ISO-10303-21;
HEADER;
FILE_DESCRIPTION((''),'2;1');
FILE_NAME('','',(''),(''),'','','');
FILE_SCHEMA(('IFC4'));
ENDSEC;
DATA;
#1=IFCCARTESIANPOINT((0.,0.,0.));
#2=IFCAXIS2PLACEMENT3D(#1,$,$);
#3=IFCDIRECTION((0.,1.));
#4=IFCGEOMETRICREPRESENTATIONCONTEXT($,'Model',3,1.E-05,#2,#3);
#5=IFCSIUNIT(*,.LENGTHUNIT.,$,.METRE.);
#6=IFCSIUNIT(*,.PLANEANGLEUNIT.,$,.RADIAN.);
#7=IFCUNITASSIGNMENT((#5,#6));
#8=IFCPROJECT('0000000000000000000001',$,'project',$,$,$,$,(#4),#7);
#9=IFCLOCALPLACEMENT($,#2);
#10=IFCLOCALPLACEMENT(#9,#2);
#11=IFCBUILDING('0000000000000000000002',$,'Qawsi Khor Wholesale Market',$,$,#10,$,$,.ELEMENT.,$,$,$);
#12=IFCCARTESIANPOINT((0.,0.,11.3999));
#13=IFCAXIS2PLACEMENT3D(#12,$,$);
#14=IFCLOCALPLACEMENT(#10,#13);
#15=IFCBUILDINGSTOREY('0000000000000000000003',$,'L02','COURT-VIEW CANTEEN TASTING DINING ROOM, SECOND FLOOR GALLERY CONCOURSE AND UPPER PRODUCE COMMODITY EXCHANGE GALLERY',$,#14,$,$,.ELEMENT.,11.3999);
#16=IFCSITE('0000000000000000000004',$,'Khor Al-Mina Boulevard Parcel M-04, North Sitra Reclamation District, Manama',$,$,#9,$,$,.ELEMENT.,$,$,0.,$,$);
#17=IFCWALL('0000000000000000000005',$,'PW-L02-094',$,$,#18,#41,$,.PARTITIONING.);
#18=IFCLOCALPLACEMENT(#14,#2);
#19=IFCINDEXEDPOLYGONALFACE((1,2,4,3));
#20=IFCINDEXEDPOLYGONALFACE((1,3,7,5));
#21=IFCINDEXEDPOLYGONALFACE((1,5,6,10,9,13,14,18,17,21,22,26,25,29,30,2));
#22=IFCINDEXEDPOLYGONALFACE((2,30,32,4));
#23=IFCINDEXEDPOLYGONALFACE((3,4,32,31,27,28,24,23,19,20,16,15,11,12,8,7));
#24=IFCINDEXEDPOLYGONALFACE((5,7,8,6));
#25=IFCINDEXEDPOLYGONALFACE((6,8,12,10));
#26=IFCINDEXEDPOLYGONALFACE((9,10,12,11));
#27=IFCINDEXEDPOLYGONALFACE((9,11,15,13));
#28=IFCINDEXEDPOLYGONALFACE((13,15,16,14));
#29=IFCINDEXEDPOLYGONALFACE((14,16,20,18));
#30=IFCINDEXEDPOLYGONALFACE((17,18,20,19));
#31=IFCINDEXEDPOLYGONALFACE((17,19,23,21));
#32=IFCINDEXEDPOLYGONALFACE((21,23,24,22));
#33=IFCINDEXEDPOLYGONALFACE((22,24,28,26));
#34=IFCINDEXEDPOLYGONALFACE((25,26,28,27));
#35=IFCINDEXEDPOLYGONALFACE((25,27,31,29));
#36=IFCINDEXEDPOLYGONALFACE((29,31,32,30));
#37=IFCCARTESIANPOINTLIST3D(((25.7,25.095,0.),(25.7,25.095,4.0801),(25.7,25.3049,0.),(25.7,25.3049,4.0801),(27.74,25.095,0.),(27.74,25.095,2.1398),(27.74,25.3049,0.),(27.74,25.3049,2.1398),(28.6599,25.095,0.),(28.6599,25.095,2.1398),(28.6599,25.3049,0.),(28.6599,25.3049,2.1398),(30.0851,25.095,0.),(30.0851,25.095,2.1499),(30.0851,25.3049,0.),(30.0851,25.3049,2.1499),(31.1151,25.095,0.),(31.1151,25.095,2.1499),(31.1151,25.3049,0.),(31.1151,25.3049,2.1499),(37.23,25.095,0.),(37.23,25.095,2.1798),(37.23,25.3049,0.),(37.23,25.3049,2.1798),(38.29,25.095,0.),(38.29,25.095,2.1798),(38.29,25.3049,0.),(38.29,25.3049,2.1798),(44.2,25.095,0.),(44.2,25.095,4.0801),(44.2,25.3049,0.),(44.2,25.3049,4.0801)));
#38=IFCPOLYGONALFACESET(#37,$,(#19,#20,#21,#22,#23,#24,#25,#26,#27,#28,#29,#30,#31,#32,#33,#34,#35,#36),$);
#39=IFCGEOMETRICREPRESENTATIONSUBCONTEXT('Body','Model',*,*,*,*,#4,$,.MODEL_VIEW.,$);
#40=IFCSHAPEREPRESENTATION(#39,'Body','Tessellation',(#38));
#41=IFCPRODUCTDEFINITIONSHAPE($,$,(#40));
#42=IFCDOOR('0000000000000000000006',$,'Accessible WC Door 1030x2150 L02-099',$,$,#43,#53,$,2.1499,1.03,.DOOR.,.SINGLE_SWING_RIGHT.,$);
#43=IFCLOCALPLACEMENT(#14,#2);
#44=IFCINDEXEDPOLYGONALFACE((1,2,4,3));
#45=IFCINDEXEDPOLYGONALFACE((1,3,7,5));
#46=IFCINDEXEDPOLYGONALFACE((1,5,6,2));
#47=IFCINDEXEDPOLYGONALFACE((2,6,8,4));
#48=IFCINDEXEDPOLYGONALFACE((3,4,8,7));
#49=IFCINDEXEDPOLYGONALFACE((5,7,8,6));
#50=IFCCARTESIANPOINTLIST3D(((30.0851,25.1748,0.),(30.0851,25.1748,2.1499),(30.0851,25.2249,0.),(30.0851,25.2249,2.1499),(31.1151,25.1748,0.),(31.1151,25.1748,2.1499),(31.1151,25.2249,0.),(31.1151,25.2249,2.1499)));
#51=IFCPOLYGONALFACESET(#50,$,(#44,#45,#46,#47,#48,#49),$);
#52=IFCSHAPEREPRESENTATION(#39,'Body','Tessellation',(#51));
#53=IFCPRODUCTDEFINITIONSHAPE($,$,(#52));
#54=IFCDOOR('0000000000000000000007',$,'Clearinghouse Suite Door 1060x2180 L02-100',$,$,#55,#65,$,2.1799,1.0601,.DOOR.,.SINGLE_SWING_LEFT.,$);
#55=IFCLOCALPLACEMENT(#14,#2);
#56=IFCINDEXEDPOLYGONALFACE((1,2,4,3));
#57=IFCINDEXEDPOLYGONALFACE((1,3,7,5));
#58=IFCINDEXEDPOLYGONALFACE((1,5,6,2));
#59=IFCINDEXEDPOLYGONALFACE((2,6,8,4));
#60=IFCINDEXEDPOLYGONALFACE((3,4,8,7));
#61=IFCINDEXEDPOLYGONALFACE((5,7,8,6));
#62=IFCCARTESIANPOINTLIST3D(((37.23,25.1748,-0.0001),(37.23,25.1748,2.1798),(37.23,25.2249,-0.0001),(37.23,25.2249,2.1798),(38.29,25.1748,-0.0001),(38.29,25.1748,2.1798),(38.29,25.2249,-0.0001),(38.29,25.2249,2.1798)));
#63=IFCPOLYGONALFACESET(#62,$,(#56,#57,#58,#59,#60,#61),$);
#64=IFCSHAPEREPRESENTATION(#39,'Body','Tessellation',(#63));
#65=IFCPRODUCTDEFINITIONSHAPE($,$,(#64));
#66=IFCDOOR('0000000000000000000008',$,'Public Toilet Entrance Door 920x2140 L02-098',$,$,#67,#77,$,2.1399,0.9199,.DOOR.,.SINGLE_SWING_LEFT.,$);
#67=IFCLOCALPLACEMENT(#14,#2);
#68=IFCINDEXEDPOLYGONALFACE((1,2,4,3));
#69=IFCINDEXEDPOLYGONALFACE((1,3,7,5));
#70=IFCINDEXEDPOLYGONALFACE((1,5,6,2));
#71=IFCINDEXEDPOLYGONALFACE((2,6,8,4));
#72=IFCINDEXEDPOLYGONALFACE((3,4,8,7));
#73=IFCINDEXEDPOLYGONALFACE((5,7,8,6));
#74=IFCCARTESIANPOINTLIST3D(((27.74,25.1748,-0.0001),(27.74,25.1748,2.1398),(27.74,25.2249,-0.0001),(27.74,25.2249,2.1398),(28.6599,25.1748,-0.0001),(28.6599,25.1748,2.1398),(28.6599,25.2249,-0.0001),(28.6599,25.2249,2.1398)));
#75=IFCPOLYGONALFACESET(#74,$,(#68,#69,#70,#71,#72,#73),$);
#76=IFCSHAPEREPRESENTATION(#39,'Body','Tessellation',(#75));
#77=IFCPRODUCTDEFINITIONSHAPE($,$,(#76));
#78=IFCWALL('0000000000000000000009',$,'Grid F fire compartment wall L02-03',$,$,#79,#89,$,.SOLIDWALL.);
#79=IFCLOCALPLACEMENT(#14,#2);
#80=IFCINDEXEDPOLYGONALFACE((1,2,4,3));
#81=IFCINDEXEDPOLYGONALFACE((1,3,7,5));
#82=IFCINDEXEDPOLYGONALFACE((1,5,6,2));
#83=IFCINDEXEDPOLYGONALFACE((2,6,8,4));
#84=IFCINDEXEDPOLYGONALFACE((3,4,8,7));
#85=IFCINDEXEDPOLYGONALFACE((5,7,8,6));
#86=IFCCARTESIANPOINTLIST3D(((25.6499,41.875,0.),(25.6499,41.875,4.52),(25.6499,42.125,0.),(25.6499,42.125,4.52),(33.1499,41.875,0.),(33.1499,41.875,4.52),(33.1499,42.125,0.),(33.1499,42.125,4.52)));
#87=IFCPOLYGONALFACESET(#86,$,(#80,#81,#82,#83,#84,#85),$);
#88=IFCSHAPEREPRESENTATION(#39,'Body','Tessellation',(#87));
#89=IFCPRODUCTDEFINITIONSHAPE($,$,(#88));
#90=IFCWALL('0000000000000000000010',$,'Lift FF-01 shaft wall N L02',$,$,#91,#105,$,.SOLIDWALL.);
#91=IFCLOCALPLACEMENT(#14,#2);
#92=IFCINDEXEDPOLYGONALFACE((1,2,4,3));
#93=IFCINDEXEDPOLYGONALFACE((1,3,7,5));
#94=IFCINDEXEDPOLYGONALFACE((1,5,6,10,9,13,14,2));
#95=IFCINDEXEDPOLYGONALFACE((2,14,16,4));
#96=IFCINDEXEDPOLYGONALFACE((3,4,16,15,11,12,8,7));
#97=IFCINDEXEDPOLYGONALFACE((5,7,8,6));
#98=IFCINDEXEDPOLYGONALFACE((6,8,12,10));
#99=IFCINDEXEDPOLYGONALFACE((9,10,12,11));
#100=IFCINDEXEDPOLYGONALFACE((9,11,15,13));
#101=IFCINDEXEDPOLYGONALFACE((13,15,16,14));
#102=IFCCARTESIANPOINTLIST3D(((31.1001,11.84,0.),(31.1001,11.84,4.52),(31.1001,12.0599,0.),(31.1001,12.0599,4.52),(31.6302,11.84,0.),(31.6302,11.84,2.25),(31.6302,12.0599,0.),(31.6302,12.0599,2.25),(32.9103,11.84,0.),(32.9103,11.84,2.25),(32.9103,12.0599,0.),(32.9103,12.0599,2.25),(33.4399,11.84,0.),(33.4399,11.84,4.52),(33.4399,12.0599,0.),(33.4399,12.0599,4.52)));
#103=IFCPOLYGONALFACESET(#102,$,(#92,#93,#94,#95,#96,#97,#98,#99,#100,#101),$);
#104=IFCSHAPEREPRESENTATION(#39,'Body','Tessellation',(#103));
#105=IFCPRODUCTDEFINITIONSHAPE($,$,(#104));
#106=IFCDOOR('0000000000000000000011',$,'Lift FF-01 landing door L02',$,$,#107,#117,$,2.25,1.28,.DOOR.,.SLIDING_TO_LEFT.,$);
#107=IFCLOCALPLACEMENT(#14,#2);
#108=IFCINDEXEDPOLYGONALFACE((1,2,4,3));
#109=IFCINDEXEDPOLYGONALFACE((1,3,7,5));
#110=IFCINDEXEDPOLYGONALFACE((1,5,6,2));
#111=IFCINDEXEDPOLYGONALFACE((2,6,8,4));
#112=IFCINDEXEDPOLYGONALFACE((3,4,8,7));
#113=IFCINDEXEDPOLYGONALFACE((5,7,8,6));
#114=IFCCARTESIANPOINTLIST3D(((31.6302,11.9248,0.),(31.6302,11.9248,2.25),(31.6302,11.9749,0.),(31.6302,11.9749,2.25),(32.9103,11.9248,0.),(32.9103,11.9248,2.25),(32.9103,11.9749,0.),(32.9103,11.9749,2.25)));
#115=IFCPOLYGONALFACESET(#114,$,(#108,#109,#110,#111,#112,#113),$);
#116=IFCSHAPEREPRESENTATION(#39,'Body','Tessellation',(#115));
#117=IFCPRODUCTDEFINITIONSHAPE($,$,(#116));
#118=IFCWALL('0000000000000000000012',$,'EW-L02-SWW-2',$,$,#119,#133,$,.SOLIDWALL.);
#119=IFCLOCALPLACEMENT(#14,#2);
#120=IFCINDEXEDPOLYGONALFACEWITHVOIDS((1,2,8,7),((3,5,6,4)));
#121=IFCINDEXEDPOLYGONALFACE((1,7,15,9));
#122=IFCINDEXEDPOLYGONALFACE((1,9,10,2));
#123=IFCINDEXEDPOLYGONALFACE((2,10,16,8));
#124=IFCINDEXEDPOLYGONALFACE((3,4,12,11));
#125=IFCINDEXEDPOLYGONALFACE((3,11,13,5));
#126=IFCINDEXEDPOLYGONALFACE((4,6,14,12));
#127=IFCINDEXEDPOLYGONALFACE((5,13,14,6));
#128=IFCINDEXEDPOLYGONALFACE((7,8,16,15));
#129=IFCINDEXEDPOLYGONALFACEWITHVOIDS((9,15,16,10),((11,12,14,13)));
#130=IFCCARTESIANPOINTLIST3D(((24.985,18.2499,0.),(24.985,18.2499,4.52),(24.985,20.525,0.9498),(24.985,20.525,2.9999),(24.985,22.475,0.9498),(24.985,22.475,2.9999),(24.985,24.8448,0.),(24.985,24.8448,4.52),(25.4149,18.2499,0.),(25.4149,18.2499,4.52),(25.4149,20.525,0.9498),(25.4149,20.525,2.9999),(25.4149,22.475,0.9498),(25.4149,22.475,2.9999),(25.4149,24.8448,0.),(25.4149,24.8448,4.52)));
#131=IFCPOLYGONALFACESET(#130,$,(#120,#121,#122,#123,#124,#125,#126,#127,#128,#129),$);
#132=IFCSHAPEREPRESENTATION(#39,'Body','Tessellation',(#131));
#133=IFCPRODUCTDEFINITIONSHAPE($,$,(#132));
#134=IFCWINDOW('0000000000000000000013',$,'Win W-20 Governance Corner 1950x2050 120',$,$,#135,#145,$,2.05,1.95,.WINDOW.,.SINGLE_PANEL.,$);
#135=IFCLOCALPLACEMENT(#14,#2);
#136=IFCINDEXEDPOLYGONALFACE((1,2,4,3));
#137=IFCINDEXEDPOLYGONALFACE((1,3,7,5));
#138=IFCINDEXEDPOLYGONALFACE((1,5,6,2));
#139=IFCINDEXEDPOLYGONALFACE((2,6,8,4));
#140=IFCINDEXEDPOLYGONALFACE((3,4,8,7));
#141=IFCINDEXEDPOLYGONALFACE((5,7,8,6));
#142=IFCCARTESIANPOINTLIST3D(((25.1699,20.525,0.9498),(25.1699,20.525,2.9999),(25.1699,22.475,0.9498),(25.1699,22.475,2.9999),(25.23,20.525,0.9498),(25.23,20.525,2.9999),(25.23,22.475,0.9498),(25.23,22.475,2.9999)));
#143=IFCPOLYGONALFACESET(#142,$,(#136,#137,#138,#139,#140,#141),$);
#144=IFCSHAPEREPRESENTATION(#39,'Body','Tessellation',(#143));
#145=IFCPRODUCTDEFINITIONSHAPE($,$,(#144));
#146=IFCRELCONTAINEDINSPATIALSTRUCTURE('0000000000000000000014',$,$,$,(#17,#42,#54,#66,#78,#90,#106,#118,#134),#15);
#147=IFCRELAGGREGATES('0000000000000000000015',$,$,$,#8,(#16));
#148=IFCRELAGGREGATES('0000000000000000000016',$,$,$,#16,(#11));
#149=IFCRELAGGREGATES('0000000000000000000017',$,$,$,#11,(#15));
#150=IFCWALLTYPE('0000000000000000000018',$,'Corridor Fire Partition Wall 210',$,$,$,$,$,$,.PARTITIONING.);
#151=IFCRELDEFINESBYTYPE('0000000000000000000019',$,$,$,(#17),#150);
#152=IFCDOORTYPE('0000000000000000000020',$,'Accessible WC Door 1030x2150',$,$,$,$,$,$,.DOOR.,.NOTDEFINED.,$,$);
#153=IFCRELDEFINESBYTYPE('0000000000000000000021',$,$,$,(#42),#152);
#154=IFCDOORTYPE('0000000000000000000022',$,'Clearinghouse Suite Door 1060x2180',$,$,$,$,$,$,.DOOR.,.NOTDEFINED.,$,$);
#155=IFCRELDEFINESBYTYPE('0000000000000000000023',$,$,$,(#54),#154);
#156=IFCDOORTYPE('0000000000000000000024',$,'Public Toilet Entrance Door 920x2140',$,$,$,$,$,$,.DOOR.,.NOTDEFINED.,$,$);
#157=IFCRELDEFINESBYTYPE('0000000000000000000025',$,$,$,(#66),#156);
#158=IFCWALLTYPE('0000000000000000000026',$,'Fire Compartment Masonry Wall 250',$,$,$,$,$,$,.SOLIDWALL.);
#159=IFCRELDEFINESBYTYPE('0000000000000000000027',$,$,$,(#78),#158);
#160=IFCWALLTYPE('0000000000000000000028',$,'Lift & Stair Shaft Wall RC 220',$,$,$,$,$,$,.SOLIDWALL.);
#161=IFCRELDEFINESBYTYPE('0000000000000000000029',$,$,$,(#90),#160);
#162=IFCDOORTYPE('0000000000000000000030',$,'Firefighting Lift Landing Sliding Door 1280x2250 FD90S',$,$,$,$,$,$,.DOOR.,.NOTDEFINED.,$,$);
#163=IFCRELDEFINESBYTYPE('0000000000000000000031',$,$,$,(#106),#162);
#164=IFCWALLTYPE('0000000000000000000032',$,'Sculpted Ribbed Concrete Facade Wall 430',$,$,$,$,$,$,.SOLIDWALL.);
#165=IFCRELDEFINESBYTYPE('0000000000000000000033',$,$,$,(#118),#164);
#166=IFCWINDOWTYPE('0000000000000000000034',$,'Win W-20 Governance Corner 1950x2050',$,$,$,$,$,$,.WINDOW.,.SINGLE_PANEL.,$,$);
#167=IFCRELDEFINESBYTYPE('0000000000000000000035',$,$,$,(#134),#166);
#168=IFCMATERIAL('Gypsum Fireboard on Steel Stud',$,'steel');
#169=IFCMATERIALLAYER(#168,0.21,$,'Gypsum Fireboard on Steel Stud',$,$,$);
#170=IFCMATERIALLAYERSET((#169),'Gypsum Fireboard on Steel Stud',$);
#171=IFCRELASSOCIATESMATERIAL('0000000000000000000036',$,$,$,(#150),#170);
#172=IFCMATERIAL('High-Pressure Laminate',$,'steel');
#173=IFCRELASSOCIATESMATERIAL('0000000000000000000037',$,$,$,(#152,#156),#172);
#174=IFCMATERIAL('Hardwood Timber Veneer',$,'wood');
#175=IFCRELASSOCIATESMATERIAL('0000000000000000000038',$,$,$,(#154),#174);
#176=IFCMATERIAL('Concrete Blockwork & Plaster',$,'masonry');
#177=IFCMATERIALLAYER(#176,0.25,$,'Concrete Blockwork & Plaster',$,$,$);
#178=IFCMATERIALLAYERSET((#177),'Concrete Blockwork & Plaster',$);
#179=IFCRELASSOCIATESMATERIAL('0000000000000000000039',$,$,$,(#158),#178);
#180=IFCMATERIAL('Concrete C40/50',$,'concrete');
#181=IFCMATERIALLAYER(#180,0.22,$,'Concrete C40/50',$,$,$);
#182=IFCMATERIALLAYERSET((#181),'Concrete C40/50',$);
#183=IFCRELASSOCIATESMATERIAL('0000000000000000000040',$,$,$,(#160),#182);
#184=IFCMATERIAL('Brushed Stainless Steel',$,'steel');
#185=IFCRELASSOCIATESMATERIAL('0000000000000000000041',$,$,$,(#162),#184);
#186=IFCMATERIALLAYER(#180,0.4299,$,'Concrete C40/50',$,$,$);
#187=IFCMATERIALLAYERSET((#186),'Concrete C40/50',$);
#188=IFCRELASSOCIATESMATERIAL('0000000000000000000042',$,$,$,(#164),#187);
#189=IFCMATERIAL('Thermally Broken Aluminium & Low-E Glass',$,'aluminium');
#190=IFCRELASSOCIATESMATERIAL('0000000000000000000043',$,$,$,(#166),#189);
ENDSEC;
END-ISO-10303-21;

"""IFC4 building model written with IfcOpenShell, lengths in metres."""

from ifc_helpers import new_model, si_unit, direction, frame, frame_2d, origin, place, context, subcontext, project, spatial, rectangle, extrude, material, layer, layer_set, type_object, element, fill, save


model = new_model("IFC4")

# Units and contexts
model_context = context("Model", 3, precision=1e-05, world=origin(), true_north=direction((0.0, 1.0)))
body_context = subcontext(model_context, "Body", "Model", "MODEL_VIEW")
ifc_project = project(units=[si_unit("LENGTHUNIT", "METRE"), si_unit("PLANEANGLEUNIT", "RADIAN")], contexts=[model_context])

# Site, building, storey
site_placement = place(None, origin())
site = spatial("IfcSite", under=ifc_project, at=site_placement, Name="Khor Al-Mina Boulevard Parcel M-04, North Sitra Reclamation District, Manama", CompositionType="ELEMENT", RefElevation=0.0)
building_placement = place(site_placement, origin())
building = spatial("IfcBuilding", under=site, at=building_placement, Name="Qawsi Khor Wholesale Market", CompositionType="ELEMENT")
storey_placement = place(building_placement, frame((0.0, 0.0, 11.3999)))
storey = spatial("IfcBuildingStorey", under=building, at=storey_placement, Name="L02", Description="COURT-VIEW CANTEEN TASTING DINING ROOM, SECOND FLOOR GALLERY CONCOURSE AND UPPER PRODUCE COMMODITY EXCHANGE GALLERY", CompositionType="ELEMENT", Elevation=11.3999)

# Shared definitions
ifc_material_1 = material(Name="Concrete C40/50", Category="concrete")

# Wall, openings, doors
ifc_material_2 = material(Name="Gypsum Fireboard on Steel Stud", Category="steel")
ifc_layer_1 = layer(ifc_material_2, 0.21, Name="Gypsum Fireboard on Steel Stud")
ifc_layer_set_1 = layer_set([ifc_layer_1], Name="Gypsum Fireboard on Steel Stud")
wall_type_1 = type_object("IfcWallType", Name="Corridor Fire Partition Wall 210", PredefinedType="PARTITIONING", material=ifc_layer_set_1)
wall_1_placement = place(storey_placement, frame((25.7, 25.2, 0.0), z_axis=(0.0, 0.0, 1.0), x_axis=(1.0, 0.0, 0.0)))
wall_1 = element("IfcWall", 1, at=wall_1_placement, inside=storey, type_object=wall_type_1, Name="PW-L02-094", PredefinedType="PARTITIONING", context=body_context, shape_type="SweptSolid", body=[
    extrude(rectangle(XDim=18.5, YDim=0.21, at=frame_2d((9.25, 0.0))), origin(), (0.0, 0.0, 1.0), 4.0801),
])
opening_1_placement = place(wall_1_placement, frame((2.04, 0.0, 0.0)))
opening_1 = element("IfcOpeningElement", 2, at=opening_1_placement, cuts=wall_1, PredefinedType="OPENING", context=body_context, shape_type="SweptSolid", body=[
    extrude(rectangle(XDim=0.9199, YDim=2.1399, at=frame_2d((0.46, 1.0698))), frame((0.0, 0.115, 0.0), z_axis=(0.0, -1.0, 0.0), x_axis=(1.0, 0.0, 0.0)), (0.0, 0.0, 1.0), 0.23),
])
opening_2_placement = place(wall_1_placement, frame((4.385, 0.0, 0.0)))
opening_2 = element("IfcOpeningElement", 3, at=opening_2_placement, cuts=wall_1, PredefinedType="OPENING", context=body_context, shape_type="SweptSolid", body=[
    extrude(rectangle(XDim=1.03, YDim=2.1499, at=frame_2d((0.5151, 1.075))), frame((0.0, 0.115, 0.0), z_axis=(0.0, -1.0, 0.0), x_axis=(1.0, 0.0, 0.0)), (0.0, 0.0, 1.0), 0.23),
])
opening_3_placement = place(wall_1_placement, frame((11.53, 0.0, 0.0)))
opening_3 = element("IfcOpeningElement", 4, at=opening_3_placement, cuts=wall_1, PredefinedType="OPENING", context=body_context, shape_type="SweptSolid", body=[
    extrude(rectangle(XDim=1.0601, YDim=2.1799, at=frame_2d((0.53, 1.0898))), frame((0.0, 0.115, 0.0), z_axis=(0.0, -1.0, 0.0), x_axis=(1.0, 0.0, 0.0)), (0.0, 0.0, 1.0), 0.23),
])
ifc_material_3 = material(Name="High-Pressure Laminate", Category="steel")
door_type_1 = type_object("IfcDoorType", Name="Accessible WC Door 1030x2150", OperationType="NOTDEFINED", PredefinedType="DOOR", material=ifc_material_3)
door_1_placement = place(opening_2_placement, origin())
door_1 = element("IfcDoor", 5, at=door_1_placement, inside=storey, type_object=door_type_1, Name="Accessible WC Door 1030x2150 L02-099", OperationType="SINGLE_SWING_RIGHT", OverallHeight=2.1499, OverallWidth=1.03, PredefinedType="DOOR", context=body_context, shape_type="SweptSolid", body=[
    extrude(rectangle(XDim=1.03, YDim=2.1499, at=frame_2d((0.5151, 1.075))), frame((0.0, 0.0249, 0.0), z_axis=(0.0, -1.0, 0.0), x_axis=(1.0, 0.0, 0.0)), (0.0, 0.0, 1.0), 0.05),
])
fill(opening_2, door_1)
ifc_material_4 = material(Name="Hardwood Timber Veneer", Category="wood")
door_type_2 = type_object("IfcDoorType", Name="Clearinghouse Suite Door 1060x2180", OperationType="NOTDEFINED", PredefinedType="DOOR", material=ifc_material_4)
door_2_placement = place(opening_3_placement, origin())
door_2 = element("IfcDoor", 6, at=door_2_placement, inside=storey, type_object=door_type_2, Name="Clearinghouse Suite Door 1060x2180 L02-100", OperationType="SINGLE_SWING_LEFT", OverallHeight=2.1799, OverallWidth=1.0601, PredefinedType="DOOR", context=body_context, shape_type="SweptSolid", body=[
    extrude(rectangle(XDim=1.0601, YDim=2.1799, at=frame_2d((0.53, 1.0898))), frame((0.0, 0.0249, 0.0), z_axis=(0.0, -1.0, 0.0), x_axis=(1.0, 0.0, 0.0)), (0.0, 0.0, 1.0), 0.05),
])
fill(opening_3, door_2)
door_type_3 = type_object("IfcDoorType", Name="Public Toilet Entrance Door 920x2140", OperationType="NOTDEFINED", PredefinedType="DOOR", material=ifc_material_3)
door_3_placement = place(opening_1_placement, origin())
door_3 = element("IfcDoor", 7, at=door_3_placement, inside=storey, type_object=door_type_3, Name="Public Toilet Entrance Door 920x2140 L02-098", OperationType="SINGLE_SWING_LEFT", OverallHeight=2.1399, OverallWidth=0.9199, PredefinedType="DOOR", context=body_context, shape_type="SweptSolid", body=[
    extrude(rectangle(XDim=0.9199, YDim=2.1399, at=frame_2d((0.46, 1.0698))), frame((0.0, 0.0249, 0.0), z_axis=(0.0, -1.0, 0.0), x_axis=(1.0, 0.0, 0.0)), (0.0, 0.0, 1.0), 0.05),
])
fill(opening_1, door_3)

# Wall
ifc_material_5 = material(Name="Concrete Blockwork & Plaster", Category="masonry")
ifc_layer_2 = layer(ifc_material_5, 0.25, Name="Concrete Blockwork & Plaster")
ifc_layer_set_2 = layer_set([ifc_layer_2], Name="Concrete Blockwork & Plaster")
wall_type_2 = type_object("IfcWallType", Name="Fire Compartment Masonry Wall 250", PredefinedType="SOLIDWALL", material=ifc_layer_set_2)
wall_2_placement = place(storey_placement, frame((25.6499, 42.0, 0.0), z_axis=(0.0, 0.0, 1.0), x_axis=(1.0, 0.0, 0.0)))
element("IfcWall", 8, at=wall_2_placement, inside=storey, type_object=wall_type_2, Name="Grid F fire compartment wall L02-03", PredefinedType="SOLIDWALL", context=body_context, shape_type="SweptSolid", body=[
    extrude(rectangle(XDim=7.5, YDim=0.25, at=frame_2d((3.75, 0.0))), origin(), (0.0, 0.0, 1.0), 4.52),
])

# Wall, opening, door
ifc_layer_3 = layer(ifc_material_1, 0.22, Name="Concrete C40/50")
ifc_layer_set_3 = layer_set([ifc_layer_3], Name="Concrete C40/50")
wall_type_3 = type_object("IfcWallType", Name="Lift & Stair Shaft Wall RC 220", PredefinedType="SOLIDWALL", material=ifc_layer_set_3)
wall_3_placement = place(storey_placement, frame((31.1001, 11.95, 0.0), z_axis=(0.0, 0.0, 1.0), x_axis=(1.0, 0.0, 0.0)))
wall_3 = element("IfcWall", 9, at=wall_3_placement, inside=storey, type_object=wall_type_3, Name="Lift FF-01 shaft wall N L02", PredefinedType="SOLIDWALL", context=body_context, shape_type="SweptSolid", body=[
    extrude(rectangle(XDim=2.3398, YDim=0.22, at=frame_2d((1.1699, 0.0))), origin(), (0.0, 0.0, 1.0), 4.52),
])
opening_4_placement = place(wall_3_placement, frame((0.53, 0.0, 0.0)))
opening_4 = element("IfcOpeningElement", 10, at=opening_4_placement, cuts=wall_3, PredefinedType="OPENING", context=body_context, shape_type="SweptSolid", body=[
    extrude(rectangle(XDim=1.28, YDim=2.25, at=frame_2d((0.6401, 1.125))), frame((0.0, 0.1199, 0.0), z_axis=(0.0, -1.0, 0.0), x_axis=(1.0, 0.0, 0.0)), (0.0, 0.0, 1.0), 0.24),
])
ifc_material_6 = material(Name="Brushed Stainless Steel", Category="steel")
door_type_4 = type_object("IfcDoorType", Name="Firefighting Lift Landing Sliding Door 1280x2250 FD90S", OperationType="NOTDEFINED", PredefinedType="DOOR", material=ifc_material_6)
door_4_placement = place(opening_4_placement, origin())
door_4 = element("IfcDoor", 11, at=door_4_placement, inside=storey, type_object=door_type_4, Name="Lift FF-01 landing door L02", OperationType="SLIDING_TO_LEFT", OverallHeight=2.25, OverallWidth=1.28, PredefinedType="DOOR", context=body_context, shape_type="SweptSolid", body=[
    extrude(rectangle(XDim=1.28, YDim=2.25, at=frame_2d((0.6401, 1.125))), frame((0.0, 0.0249, 0.0), z_axis=(0.0, -1.0, 0.0), x_axis=(1.0, 0.0, 0.0)), (0.0, 0.0, 1.0), 0.05),
])
fill(opening_4, door_4)

# Wall, opening, window
ifc_layer_4 = layer(ifc_material_1, 0.4299, Name="Concrete C40/50")
ifc_layer_set_4 = layer_set([ifc_layer_4], Name="Concrete C40/50")
wall_type_4 = type_object("IfcWallType", Name="Sculpted Ribbed Concrete Facade Wall 430", PredefinedType="SOLIDWALL", material=ifc_layer_set_4)
wall_4_placement = place(storey_placement, frame((25.2, 18.25, 0.0), z_axis=(0.0, 0.0, 1.0), x_axis=(0.0, 1.0, 0.0)))
wall_4 = element("IfcWall", 12, at=wall_4_placement, inside=storey, type_object=wall_type_4, Name="EW-L02-SWW-2", PredefinedType="SOLIDWALL", context=body_context, shape_type="SweptSolid", body=[
    extrude(rectangle(XDim=6.595, YDim=0.4299, at=frame_2d((3.2974, 0.0))), origin(), (0.0, 0.0, 1.0), 4.52),
])
opening_5_placement = place(wall_4_placement, frame((2.2749, 0.0, 0.95)))
opening_5 = element("IfcOpeningElement", 13, at=opening_5_placement, cuts=wall_4, PredefinedType="OPENING", context=body_context, shape_type="SweptSolid", body=[
    extrude(rectangle(XDim=1.95, YDim=2.05, at=frame_2d((0.9751, 1.0249))), frame((0.0, 0.2249, 0.0), z_axis=(0.0, -1.0, 0.0), x_axis=(1.0, 0.0, 0.0)), (0.0, 0.0, 1.0), 0.45),
])
ifc_material_7 = material(Name="Thermally Broken Aluminium & Low-E Glass", Category="aluminium")
window_type = type_object("IfcWindowType", Name="Win W-20 Governance Corner 1950x2050", PartitioningType="SINGLE_PANEL", PredefinedType="WINDOW", material=ifc_material_7)
window_1_placement = place(opening_5_placement, origin())
window_1 = element("IfcWindow", 14, at=window_1_placement, inside=storey, type_object=window_type, Name="Win W-20 Governance Corner 1950x2050 120", OverallHeight=2.05, OverallWidth=1.95, PartitioningType="SINGLE_PANEL", PredefinedType="WINDOW", context=body_context, shape_type="SweptSolid", body=[
    extrude(rectangle(XDim=1.95, YDim=2.05, at=frame_2d((0.9751, 1.0249))), frame((0.0, 0.03, 0.0), z_axis=(0.0, -1.0, 0.0), x_axis=(1.0, 0.0, 0.0)), (0.0, 0.0, 1.0), 0.0601),
])
fill(opening_5, window_1)

save(model, "model.ifc")
